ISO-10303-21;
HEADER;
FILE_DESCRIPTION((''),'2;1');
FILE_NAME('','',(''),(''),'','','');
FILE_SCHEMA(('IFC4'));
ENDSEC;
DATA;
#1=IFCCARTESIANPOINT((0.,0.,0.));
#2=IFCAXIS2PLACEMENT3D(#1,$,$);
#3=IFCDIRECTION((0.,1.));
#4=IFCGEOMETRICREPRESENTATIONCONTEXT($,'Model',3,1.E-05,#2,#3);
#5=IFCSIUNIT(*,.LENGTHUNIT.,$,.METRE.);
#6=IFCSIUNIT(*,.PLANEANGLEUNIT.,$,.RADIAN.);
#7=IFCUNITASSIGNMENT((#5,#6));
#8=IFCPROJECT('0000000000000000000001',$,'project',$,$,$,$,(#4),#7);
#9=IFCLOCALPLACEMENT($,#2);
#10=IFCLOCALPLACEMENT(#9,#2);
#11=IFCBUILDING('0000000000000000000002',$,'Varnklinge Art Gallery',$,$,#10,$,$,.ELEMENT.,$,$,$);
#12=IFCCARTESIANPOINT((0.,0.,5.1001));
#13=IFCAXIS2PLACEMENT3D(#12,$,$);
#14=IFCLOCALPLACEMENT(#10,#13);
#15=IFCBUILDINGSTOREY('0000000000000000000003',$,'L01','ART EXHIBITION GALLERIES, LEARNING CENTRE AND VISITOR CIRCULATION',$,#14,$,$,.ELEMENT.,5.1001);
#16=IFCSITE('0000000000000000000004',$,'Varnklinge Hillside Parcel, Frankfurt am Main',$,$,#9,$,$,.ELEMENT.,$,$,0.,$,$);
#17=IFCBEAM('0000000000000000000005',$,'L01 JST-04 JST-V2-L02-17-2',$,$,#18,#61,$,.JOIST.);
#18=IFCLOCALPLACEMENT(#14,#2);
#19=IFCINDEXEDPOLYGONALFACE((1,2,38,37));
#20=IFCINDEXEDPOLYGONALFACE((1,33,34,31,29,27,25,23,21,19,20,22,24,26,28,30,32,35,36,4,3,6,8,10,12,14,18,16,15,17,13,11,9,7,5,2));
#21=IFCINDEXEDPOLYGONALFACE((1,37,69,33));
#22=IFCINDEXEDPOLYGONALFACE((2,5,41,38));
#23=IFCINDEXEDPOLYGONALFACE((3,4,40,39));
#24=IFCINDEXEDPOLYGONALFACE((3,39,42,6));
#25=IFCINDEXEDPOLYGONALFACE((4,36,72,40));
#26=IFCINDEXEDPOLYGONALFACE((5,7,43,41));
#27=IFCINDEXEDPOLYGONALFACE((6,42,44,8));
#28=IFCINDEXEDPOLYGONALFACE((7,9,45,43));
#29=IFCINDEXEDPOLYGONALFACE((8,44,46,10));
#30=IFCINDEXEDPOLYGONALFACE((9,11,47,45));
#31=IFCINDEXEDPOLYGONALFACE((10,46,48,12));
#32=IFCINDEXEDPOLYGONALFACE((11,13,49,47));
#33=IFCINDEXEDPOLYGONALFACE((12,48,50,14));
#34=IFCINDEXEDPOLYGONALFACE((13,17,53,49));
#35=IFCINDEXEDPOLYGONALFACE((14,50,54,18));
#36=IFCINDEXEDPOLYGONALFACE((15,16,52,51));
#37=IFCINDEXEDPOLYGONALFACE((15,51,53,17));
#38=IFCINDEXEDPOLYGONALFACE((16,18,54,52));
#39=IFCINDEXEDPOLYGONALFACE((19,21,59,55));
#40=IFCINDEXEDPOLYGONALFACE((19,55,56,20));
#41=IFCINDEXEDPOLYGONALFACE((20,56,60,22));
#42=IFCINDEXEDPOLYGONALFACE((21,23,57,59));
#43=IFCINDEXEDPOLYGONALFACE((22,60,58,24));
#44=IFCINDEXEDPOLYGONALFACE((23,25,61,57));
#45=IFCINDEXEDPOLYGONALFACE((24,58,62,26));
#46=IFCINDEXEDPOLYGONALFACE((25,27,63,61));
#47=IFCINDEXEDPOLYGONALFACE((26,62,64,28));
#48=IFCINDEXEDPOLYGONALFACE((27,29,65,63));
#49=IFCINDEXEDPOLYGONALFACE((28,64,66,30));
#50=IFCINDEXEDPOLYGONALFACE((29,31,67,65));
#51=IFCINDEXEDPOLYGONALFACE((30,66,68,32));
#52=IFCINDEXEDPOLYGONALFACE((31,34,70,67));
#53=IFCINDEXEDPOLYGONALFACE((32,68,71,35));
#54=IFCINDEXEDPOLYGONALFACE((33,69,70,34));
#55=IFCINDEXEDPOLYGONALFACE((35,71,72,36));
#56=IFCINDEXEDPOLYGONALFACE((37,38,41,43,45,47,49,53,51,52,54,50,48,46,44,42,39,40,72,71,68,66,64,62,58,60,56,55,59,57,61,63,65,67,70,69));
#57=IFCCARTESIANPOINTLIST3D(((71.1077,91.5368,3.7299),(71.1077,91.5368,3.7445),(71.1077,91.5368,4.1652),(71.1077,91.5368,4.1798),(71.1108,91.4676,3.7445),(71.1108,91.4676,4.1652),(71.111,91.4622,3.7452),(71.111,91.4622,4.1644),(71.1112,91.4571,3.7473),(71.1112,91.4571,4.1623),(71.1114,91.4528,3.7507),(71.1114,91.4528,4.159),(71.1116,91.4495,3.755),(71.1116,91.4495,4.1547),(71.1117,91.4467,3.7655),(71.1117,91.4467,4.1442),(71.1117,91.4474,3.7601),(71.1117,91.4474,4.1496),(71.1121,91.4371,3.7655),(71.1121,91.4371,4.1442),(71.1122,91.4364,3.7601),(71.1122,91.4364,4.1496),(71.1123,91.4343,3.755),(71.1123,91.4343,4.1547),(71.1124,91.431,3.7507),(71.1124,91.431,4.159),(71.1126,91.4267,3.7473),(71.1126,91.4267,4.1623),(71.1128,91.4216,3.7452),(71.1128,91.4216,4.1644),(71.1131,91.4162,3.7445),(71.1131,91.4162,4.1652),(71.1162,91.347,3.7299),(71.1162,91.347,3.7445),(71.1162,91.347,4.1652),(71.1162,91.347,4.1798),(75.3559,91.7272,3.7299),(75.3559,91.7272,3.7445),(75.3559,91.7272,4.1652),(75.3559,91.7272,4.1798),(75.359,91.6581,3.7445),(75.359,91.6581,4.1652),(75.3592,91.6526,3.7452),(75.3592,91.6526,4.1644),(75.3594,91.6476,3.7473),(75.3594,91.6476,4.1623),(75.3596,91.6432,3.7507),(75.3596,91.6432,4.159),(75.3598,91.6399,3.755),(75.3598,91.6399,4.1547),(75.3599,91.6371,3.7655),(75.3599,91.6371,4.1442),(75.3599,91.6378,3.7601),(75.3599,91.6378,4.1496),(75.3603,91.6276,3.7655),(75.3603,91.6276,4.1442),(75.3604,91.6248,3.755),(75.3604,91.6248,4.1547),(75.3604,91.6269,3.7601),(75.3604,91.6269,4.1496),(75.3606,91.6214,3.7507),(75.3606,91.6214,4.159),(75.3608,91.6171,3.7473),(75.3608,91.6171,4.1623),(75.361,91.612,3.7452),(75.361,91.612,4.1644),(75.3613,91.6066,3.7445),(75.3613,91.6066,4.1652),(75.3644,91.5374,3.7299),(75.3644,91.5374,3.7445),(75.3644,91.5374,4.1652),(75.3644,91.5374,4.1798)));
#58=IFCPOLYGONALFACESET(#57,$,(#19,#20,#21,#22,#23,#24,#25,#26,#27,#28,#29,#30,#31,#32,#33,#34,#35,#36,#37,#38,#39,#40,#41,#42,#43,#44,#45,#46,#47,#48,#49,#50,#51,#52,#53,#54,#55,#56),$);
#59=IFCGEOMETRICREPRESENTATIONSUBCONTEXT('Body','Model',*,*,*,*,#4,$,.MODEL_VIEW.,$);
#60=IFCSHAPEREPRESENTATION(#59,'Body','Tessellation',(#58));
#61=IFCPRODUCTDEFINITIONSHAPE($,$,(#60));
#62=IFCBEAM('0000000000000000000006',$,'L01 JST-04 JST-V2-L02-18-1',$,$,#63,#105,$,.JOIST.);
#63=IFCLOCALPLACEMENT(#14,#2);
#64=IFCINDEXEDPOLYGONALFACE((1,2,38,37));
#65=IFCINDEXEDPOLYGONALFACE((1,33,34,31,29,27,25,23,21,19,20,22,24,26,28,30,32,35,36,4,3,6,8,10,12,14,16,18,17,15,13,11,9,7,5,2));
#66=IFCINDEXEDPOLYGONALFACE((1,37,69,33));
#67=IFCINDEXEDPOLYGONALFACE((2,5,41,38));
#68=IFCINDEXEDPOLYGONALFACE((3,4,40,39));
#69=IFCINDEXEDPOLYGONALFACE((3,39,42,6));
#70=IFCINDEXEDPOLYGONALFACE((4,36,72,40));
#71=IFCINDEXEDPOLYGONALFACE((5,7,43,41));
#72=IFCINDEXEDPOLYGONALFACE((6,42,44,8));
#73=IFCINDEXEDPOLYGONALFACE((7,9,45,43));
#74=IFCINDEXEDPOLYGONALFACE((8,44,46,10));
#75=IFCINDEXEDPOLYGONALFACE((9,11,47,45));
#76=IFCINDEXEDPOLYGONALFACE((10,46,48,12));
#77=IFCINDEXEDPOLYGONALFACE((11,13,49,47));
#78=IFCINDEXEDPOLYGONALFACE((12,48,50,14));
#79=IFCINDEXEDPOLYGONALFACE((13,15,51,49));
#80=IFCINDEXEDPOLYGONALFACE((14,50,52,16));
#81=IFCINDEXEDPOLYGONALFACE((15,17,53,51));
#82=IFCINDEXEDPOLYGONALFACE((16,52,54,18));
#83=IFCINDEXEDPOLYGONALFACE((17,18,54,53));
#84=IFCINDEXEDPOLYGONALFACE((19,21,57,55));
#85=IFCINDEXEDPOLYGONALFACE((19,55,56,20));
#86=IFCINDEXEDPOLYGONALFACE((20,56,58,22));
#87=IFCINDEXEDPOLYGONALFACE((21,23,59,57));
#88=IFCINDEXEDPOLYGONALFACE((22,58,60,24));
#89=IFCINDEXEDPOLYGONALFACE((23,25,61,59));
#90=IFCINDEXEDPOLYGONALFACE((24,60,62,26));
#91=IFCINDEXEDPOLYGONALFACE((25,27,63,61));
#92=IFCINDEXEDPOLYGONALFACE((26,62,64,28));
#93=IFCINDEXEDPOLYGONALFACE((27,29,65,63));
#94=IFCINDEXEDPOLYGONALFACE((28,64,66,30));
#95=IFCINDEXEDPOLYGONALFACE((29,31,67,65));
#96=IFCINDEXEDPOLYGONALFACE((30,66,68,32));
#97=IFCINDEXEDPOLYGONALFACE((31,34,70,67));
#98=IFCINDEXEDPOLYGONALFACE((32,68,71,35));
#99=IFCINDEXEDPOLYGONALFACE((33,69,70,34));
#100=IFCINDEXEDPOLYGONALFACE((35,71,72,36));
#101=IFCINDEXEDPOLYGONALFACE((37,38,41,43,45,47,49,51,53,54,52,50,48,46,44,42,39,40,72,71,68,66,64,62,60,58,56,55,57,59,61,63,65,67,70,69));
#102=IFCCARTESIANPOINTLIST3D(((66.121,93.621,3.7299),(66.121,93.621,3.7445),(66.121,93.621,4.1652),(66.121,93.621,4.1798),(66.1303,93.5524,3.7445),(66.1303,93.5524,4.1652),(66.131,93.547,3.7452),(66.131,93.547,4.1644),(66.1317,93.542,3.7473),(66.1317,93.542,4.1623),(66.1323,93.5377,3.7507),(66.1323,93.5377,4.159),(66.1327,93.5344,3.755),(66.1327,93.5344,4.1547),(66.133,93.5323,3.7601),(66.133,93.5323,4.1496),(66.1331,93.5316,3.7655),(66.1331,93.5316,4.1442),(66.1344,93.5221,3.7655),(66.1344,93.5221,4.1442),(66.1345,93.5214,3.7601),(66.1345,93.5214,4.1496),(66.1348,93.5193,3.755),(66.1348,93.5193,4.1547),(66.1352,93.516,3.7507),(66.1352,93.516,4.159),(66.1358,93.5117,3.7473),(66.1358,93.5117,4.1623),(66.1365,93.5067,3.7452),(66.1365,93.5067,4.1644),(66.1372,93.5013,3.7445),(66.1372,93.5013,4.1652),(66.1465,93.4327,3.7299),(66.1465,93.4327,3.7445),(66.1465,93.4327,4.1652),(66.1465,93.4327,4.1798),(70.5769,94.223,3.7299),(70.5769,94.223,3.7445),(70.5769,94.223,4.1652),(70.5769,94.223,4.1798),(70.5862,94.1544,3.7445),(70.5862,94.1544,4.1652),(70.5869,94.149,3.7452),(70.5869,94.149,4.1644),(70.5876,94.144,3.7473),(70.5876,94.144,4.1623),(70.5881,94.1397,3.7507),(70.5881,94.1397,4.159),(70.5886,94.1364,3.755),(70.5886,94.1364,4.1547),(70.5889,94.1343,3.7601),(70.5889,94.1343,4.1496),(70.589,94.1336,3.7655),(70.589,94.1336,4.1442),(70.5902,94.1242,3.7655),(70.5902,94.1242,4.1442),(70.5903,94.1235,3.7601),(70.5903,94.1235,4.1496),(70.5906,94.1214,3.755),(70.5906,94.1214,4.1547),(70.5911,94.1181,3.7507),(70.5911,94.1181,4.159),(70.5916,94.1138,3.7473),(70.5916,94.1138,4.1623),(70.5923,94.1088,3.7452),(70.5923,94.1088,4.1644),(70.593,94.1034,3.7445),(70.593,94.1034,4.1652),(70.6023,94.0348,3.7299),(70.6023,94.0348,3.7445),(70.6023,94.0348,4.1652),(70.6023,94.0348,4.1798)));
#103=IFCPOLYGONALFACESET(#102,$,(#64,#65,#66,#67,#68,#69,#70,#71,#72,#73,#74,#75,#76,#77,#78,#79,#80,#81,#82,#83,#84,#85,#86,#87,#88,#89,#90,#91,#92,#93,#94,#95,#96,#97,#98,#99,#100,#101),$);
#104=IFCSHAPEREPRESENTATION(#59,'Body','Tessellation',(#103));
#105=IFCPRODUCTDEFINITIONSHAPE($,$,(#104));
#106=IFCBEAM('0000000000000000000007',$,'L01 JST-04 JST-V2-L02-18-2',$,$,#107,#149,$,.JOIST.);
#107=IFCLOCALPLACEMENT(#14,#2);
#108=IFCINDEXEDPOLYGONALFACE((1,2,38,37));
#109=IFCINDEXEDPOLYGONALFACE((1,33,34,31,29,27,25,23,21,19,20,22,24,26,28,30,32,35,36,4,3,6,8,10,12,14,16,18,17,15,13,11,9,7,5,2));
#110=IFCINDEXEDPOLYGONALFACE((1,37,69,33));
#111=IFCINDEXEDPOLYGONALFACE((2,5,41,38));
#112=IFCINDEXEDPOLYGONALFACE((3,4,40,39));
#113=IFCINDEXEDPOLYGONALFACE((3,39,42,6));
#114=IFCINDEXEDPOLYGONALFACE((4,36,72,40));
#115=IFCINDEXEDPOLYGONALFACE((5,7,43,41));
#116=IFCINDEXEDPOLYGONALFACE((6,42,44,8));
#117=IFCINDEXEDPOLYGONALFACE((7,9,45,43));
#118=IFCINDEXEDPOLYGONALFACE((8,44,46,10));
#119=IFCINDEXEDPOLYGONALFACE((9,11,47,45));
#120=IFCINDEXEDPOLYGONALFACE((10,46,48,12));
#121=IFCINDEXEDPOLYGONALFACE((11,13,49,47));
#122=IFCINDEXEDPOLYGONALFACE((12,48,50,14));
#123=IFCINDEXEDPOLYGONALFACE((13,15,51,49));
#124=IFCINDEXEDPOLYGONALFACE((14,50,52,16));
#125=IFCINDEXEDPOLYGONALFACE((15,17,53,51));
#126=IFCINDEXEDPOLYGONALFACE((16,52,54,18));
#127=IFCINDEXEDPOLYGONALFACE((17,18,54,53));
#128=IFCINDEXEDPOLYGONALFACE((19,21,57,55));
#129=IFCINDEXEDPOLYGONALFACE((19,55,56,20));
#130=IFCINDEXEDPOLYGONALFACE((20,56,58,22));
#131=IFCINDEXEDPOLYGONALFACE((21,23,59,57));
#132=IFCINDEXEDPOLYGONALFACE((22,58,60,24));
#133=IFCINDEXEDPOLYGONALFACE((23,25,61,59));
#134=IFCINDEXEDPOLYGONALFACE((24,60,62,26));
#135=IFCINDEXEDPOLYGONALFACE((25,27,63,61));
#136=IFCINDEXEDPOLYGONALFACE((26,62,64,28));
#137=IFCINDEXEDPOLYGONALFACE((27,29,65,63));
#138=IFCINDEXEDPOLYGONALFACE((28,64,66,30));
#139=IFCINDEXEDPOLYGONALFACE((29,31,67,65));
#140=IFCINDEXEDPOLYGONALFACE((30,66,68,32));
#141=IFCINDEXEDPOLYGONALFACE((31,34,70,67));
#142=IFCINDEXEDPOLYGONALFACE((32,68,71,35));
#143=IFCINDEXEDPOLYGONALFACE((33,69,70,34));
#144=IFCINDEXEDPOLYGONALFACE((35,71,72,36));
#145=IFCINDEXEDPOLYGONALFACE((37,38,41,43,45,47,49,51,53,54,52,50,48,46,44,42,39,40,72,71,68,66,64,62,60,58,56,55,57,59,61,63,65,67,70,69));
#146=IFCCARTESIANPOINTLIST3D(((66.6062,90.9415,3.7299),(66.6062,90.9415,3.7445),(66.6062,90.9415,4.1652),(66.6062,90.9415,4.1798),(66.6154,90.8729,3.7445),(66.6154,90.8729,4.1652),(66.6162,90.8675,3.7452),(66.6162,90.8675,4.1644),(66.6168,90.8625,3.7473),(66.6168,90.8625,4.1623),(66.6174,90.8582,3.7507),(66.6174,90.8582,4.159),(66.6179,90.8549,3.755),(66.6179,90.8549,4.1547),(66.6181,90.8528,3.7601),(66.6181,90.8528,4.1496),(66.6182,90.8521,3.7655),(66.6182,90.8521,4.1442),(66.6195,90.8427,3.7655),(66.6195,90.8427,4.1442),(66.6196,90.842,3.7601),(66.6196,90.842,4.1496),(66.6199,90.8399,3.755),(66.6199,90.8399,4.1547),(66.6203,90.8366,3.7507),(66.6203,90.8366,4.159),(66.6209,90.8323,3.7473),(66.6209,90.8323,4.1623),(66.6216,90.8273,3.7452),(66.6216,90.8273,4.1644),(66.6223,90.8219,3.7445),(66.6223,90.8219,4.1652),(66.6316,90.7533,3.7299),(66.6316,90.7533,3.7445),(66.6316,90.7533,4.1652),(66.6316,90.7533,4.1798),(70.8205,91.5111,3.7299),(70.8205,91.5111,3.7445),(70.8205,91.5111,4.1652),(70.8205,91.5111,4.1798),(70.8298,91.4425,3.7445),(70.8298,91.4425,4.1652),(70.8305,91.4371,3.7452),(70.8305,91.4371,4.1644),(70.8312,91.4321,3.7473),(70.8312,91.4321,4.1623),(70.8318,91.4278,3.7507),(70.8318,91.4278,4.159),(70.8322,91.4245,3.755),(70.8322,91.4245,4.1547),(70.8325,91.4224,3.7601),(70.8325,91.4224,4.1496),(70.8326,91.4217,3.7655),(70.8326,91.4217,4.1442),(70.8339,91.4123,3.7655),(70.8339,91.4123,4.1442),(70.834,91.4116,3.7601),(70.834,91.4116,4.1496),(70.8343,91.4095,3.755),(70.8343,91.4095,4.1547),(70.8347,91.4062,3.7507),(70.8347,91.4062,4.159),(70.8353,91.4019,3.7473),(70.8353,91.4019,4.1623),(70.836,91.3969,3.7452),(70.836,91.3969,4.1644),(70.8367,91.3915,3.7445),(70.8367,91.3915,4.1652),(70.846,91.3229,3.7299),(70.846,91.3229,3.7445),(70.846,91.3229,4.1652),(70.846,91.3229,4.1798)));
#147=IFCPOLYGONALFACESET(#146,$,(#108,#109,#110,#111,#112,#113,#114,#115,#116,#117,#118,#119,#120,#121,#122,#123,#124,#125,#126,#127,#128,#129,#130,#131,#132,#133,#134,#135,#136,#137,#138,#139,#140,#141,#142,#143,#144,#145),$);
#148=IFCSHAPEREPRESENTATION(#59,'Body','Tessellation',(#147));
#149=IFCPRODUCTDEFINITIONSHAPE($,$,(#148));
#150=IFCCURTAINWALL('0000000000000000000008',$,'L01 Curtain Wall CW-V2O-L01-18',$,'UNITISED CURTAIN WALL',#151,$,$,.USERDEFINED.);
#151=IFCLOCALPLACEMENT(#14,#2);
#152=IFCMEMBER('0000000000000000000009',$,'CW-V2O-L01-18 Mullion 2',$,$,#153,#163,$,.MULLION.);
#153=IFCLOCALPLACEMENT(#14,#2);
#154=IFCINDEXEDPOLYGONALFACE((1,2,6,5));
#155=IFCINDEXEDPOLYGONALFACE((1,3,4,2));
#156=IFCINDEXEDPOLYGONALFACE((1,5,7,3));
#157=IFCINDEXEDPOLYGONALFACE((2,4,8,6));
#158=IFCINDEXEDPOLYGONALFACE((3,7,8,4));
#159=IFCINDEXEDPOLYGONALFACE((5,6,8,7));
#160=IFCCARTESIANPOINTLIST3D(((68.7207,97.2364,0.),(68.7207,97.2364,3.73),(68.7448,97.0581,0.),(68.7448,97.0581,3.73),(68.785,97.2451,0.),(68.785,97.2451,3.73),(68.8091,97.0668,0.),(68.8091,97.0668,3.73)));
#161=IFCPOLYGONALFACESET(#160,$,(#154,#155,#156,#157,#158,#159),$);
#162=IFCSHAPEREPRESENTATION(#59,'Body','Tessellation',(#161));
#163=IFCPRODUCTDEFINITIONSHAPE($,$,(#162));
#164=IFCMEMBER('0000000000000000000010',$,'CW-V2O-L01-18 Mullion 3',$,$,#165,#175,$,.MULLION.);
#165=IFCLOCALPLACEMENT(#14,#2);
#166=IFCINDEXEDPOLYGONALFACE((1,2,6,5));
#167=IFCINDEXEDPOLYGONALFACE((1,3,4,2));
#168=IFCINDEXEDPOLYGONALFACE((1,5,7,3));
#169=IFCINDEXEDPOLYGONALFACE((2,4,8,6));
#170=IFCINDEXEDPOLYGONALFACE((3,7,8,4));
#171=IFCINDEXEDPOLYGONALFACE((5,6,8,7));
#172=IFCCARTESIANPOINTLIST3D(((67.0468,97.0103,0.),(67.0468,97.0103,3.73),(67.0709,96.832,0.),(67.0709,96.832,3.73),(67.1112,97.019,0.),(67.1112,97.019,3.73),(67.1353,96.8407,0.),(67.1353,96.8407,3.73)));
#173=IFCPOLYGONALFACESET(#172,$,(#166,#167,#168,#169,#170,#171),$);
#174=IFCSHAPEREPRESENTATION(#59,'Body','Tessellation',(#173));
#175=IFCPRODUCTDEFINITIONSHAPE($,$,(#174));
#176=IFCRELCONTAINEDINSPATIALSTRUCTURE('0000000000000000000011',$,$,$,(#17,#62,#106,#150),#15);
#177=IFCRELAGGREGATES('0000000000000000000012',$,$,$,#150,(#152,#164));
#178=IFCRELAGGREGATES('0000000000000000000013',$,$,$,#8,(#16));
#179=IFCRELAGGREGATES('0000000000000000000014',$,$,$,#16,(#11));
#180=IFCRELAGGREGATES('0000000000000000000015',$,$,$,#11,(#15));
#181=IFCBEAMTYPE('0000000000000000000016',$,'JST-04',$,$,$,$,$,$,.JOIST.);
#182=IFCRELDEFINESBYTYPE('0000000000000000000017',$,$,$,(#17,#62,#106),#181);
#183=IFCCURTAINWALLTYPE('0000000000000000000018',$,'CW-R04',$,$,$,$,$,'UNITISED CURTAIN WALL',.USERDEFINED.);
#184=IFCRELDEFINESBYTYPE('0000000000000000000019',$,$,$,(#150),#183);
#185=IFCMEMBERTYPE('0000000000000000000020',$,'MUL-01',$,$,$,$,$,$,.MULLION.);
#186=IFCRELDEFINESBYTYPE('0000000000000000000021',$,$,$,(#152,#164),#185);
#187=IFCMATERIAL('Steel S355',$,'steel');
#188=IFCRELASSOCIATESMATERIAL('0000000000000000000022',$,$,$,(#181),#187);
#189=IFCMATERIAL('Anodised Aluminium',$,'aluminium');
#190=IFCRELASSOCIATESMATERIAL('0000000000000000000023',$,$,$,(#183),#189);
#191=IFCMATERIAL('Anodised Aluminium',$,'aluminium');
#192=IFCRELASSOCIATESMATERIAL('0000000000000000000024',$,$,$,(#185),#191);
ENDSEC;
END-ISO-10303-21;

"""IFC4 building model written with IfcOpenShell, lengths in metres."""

from ifc_helpers import new_model, si_unit, direction, frame, origin, origin_2d, place, context, subcontext, project, spatial, rectangle, i_section, extrude, material, material_profile, profile_set, type_object, element, aggregate, save


model = new_model("IFC4")

# Units and contexts
model_context = context("Model", 3, precision=1e-05, world=origin(), true_north=direction((0.0, 1.0)))
body_context = subcontext(model_context, "Body", "Model", "MODEL_VIEW")
ifc_project = project(units=[si_unit("LENGTHUNIT", "METRE"), si_unit("PLANEANGLEUNIT", "RADIAN")], contexts=[model_context])

# Site, building, storey
site_placement = place(None, origin())
site = spatial("IfcSite", under=ifc_project, at=site_placement, Name="Varnklinge Hillside Parcel, Frankfurt am Main", CompositionType="ELEMENT", RefElevation=0.0)
building_placement = place(site_placement, origin())
building = spatial("IfcBuilding", under=site, at=building_placement, Name="Varnklinge Art Gallery", CompositionType="ELEMENT")
storey_placement = place(building_placement, frame((0.0, 0.0, 5.1001)))
storey = spatial("IfcBuildingStorey", under=building, at=storey_placement, Name="L01", Description="ART EXHIBITION GALLERIES, LEARNING CENTRE AND VISITOR CIRCULATION", CompositionType="ELEMENT", Elevation=5.1001)

# Beams
ifc_material_1 = material(Name="Steel S355", Category="steel")
ifc_material_profile_1 = material_profile(ifc_material_1, i_section(OverallWidth=0.1899, OverallDepth=0.45, WebThickness=0.0095, FlangeThickness=0.0146, FilletRadius=0.021, at=origin_2d()), Name="IPE 450")
ifc_profile_set_1 = profile_set([ifc_material_profile_1], Name="Steel S355")
beam_type_1 = type_object("IfcBeamType", Name="JST-04", PredefinedType="JOIST", material=ifc_profile_set_1)
beam_1_placement = place(storey_placement, frame((75.3601, 91.6323, 3.9548), z_axis=(-0.998997, -0.04478, 0.0), x_axis=(0.04478, -0.998997, 0.0)))
element("IfcBeam", 1, at=beam_1_placement, inside=storey, type_object=beam_type_1, Name="L01 JST-04 JST-V2-L02-17-2", PredefinedType="JOIST", context=body_context, shape_type="SweptSolid", body=[
    extrude(i_section(OverallWidth=0.1899, OverallDepth=0.45, WebThickness=0.0095, FlangeThickness=0.0146, FilletRadius=0.021, at=origin_2d()), origin(), (0.0, 0.0, 1.0), 4.2524),
])
beam_2_placement = place(storey_placement, frame((70.5896, 94.1289, 3.9548), z_axis=(-0.990995, -0.133899, 0.0), x_axis=(0.133899, -0.990995, 0.0)))
element("IfcBeam", 2, at=beam_2_placement, inside=storey, type_object=beam_type_1, Name="L01 JST-04 JST-V2-L02-18-1", PredefinedType="JOIST", context=body_context, shape_type="SweptSolid", body=[
    extrude(i_section(OverallWidth=0.1899, OverallDepth=0.45, WebThickness=0.0095, FlangeThickness=0.0146, FilletRadius=0.021, at=origin_2d()), origin(), (0.0, 0.0, 1.0), 4.4963),
])
beam_3_placement = place(storey_placement, frame((70.8333, 91.417, 3.9548), z_axis=(-0.99099, -0.133935, 0.0), x_axis=(0.133935, -0.99099, 0.0)))
element("IfcBeam", 3, at=beam_3_placement, inside=storey, type_object=beam_type_1, Name="L01 JST-04 JST-V2-L02-18-2", PredefinedType="JOIST", context=body_context, shape_type="SweptSolid", body=[
    extrude(i_section(OverallWidth=0.1899, OverallDepth=0.45, WebThickness=0.0095, FlangeThickness=0.0146, FilletRadius=0.021, at=origin_2d()), origin(), (0.0, 0.0, 1.0), 4.2527),
])

# Curtain wall, members
ifc_material_2 = material(Name="Anodised Aluminium", Category="aluminium")
curtain_wall_type = type_object("IfcCurtainWallType", Name="CW-R04", ElementType="UNITISED CURTAIN WALL", PredefinedType="USERDEFINED", material=ifc_material_2)
curtain_wall_placement = place(storey_placement, origin())
curtain_wall = element("IfcCurtainWall", 4, at=curtain_wall_placement, inside=storey, type_object=curtain_wall_type, Name="L01 Curtain Wall CW-V2O-L01-18", ObjectType="UNITISED CURTAIN WALL", PredefinedType="USERDEFINED")
ifc_material_3 = material(Name="Anodised Aluminium", Category="aluminium")
ifc_material_profile_2 = material_profile(ifc_material_3, rectangle(XDim=0.0649, YDim=0.1799, at=origin_2d()), Name="ALU 65x180")
ifc_profile_set_2 = profile_set([ifc_material_profile_2], Name="Anodised Aluminium")
member_type = type_object("IfcMemberType", Name="MUL-01", PredefinedType="MULLION", material=ifc_profile_set_2)
member_1_placement = place(storey_placement, frame((68.7649, 97.1516, 0.0), z_axis=(0.0, 0.0, 1.0), x_axis=(-0.990983, -0.133986, 0.0)))
member_1 = element("IfcMember", 5, at=member_1_placement, type_object=member_type, Name="CW-V2O-L01-18 Mullion 2", PredefinedType="MULLION", context=body_context, shape_type="SweptSolid", body=[
    extrude(rectangle(XDim=0.0649, YDim=0.1799, at=origin_2d()), origin(), (0.0, 0.0, 1.0), 3.73),
])
member_2_placement = place(storey_placement, frame((67.0911, 96.9255, 0.0), z_axis=(0.0, 0.0, 1.0), x_axis=(-0.990983, -0.133986, 0.0)))
member_2 = element("IfcMember", 6, at=member_2_placement, type_object=member_type, Name="CW-V2O-L01-18 Mullion 3", PredefinedType="MULLION", context=body_context, shape_type="SweptSolid", body=[
    extrude(rectangle(XDim=0.0649, YDim=0.1799, at=origin_2d()), origin(), (0.0, 0.0, 1.0), 3.73),
])

aggregate(curtain_wall, [member_1, member_2])

save(model, "model.ifc")
